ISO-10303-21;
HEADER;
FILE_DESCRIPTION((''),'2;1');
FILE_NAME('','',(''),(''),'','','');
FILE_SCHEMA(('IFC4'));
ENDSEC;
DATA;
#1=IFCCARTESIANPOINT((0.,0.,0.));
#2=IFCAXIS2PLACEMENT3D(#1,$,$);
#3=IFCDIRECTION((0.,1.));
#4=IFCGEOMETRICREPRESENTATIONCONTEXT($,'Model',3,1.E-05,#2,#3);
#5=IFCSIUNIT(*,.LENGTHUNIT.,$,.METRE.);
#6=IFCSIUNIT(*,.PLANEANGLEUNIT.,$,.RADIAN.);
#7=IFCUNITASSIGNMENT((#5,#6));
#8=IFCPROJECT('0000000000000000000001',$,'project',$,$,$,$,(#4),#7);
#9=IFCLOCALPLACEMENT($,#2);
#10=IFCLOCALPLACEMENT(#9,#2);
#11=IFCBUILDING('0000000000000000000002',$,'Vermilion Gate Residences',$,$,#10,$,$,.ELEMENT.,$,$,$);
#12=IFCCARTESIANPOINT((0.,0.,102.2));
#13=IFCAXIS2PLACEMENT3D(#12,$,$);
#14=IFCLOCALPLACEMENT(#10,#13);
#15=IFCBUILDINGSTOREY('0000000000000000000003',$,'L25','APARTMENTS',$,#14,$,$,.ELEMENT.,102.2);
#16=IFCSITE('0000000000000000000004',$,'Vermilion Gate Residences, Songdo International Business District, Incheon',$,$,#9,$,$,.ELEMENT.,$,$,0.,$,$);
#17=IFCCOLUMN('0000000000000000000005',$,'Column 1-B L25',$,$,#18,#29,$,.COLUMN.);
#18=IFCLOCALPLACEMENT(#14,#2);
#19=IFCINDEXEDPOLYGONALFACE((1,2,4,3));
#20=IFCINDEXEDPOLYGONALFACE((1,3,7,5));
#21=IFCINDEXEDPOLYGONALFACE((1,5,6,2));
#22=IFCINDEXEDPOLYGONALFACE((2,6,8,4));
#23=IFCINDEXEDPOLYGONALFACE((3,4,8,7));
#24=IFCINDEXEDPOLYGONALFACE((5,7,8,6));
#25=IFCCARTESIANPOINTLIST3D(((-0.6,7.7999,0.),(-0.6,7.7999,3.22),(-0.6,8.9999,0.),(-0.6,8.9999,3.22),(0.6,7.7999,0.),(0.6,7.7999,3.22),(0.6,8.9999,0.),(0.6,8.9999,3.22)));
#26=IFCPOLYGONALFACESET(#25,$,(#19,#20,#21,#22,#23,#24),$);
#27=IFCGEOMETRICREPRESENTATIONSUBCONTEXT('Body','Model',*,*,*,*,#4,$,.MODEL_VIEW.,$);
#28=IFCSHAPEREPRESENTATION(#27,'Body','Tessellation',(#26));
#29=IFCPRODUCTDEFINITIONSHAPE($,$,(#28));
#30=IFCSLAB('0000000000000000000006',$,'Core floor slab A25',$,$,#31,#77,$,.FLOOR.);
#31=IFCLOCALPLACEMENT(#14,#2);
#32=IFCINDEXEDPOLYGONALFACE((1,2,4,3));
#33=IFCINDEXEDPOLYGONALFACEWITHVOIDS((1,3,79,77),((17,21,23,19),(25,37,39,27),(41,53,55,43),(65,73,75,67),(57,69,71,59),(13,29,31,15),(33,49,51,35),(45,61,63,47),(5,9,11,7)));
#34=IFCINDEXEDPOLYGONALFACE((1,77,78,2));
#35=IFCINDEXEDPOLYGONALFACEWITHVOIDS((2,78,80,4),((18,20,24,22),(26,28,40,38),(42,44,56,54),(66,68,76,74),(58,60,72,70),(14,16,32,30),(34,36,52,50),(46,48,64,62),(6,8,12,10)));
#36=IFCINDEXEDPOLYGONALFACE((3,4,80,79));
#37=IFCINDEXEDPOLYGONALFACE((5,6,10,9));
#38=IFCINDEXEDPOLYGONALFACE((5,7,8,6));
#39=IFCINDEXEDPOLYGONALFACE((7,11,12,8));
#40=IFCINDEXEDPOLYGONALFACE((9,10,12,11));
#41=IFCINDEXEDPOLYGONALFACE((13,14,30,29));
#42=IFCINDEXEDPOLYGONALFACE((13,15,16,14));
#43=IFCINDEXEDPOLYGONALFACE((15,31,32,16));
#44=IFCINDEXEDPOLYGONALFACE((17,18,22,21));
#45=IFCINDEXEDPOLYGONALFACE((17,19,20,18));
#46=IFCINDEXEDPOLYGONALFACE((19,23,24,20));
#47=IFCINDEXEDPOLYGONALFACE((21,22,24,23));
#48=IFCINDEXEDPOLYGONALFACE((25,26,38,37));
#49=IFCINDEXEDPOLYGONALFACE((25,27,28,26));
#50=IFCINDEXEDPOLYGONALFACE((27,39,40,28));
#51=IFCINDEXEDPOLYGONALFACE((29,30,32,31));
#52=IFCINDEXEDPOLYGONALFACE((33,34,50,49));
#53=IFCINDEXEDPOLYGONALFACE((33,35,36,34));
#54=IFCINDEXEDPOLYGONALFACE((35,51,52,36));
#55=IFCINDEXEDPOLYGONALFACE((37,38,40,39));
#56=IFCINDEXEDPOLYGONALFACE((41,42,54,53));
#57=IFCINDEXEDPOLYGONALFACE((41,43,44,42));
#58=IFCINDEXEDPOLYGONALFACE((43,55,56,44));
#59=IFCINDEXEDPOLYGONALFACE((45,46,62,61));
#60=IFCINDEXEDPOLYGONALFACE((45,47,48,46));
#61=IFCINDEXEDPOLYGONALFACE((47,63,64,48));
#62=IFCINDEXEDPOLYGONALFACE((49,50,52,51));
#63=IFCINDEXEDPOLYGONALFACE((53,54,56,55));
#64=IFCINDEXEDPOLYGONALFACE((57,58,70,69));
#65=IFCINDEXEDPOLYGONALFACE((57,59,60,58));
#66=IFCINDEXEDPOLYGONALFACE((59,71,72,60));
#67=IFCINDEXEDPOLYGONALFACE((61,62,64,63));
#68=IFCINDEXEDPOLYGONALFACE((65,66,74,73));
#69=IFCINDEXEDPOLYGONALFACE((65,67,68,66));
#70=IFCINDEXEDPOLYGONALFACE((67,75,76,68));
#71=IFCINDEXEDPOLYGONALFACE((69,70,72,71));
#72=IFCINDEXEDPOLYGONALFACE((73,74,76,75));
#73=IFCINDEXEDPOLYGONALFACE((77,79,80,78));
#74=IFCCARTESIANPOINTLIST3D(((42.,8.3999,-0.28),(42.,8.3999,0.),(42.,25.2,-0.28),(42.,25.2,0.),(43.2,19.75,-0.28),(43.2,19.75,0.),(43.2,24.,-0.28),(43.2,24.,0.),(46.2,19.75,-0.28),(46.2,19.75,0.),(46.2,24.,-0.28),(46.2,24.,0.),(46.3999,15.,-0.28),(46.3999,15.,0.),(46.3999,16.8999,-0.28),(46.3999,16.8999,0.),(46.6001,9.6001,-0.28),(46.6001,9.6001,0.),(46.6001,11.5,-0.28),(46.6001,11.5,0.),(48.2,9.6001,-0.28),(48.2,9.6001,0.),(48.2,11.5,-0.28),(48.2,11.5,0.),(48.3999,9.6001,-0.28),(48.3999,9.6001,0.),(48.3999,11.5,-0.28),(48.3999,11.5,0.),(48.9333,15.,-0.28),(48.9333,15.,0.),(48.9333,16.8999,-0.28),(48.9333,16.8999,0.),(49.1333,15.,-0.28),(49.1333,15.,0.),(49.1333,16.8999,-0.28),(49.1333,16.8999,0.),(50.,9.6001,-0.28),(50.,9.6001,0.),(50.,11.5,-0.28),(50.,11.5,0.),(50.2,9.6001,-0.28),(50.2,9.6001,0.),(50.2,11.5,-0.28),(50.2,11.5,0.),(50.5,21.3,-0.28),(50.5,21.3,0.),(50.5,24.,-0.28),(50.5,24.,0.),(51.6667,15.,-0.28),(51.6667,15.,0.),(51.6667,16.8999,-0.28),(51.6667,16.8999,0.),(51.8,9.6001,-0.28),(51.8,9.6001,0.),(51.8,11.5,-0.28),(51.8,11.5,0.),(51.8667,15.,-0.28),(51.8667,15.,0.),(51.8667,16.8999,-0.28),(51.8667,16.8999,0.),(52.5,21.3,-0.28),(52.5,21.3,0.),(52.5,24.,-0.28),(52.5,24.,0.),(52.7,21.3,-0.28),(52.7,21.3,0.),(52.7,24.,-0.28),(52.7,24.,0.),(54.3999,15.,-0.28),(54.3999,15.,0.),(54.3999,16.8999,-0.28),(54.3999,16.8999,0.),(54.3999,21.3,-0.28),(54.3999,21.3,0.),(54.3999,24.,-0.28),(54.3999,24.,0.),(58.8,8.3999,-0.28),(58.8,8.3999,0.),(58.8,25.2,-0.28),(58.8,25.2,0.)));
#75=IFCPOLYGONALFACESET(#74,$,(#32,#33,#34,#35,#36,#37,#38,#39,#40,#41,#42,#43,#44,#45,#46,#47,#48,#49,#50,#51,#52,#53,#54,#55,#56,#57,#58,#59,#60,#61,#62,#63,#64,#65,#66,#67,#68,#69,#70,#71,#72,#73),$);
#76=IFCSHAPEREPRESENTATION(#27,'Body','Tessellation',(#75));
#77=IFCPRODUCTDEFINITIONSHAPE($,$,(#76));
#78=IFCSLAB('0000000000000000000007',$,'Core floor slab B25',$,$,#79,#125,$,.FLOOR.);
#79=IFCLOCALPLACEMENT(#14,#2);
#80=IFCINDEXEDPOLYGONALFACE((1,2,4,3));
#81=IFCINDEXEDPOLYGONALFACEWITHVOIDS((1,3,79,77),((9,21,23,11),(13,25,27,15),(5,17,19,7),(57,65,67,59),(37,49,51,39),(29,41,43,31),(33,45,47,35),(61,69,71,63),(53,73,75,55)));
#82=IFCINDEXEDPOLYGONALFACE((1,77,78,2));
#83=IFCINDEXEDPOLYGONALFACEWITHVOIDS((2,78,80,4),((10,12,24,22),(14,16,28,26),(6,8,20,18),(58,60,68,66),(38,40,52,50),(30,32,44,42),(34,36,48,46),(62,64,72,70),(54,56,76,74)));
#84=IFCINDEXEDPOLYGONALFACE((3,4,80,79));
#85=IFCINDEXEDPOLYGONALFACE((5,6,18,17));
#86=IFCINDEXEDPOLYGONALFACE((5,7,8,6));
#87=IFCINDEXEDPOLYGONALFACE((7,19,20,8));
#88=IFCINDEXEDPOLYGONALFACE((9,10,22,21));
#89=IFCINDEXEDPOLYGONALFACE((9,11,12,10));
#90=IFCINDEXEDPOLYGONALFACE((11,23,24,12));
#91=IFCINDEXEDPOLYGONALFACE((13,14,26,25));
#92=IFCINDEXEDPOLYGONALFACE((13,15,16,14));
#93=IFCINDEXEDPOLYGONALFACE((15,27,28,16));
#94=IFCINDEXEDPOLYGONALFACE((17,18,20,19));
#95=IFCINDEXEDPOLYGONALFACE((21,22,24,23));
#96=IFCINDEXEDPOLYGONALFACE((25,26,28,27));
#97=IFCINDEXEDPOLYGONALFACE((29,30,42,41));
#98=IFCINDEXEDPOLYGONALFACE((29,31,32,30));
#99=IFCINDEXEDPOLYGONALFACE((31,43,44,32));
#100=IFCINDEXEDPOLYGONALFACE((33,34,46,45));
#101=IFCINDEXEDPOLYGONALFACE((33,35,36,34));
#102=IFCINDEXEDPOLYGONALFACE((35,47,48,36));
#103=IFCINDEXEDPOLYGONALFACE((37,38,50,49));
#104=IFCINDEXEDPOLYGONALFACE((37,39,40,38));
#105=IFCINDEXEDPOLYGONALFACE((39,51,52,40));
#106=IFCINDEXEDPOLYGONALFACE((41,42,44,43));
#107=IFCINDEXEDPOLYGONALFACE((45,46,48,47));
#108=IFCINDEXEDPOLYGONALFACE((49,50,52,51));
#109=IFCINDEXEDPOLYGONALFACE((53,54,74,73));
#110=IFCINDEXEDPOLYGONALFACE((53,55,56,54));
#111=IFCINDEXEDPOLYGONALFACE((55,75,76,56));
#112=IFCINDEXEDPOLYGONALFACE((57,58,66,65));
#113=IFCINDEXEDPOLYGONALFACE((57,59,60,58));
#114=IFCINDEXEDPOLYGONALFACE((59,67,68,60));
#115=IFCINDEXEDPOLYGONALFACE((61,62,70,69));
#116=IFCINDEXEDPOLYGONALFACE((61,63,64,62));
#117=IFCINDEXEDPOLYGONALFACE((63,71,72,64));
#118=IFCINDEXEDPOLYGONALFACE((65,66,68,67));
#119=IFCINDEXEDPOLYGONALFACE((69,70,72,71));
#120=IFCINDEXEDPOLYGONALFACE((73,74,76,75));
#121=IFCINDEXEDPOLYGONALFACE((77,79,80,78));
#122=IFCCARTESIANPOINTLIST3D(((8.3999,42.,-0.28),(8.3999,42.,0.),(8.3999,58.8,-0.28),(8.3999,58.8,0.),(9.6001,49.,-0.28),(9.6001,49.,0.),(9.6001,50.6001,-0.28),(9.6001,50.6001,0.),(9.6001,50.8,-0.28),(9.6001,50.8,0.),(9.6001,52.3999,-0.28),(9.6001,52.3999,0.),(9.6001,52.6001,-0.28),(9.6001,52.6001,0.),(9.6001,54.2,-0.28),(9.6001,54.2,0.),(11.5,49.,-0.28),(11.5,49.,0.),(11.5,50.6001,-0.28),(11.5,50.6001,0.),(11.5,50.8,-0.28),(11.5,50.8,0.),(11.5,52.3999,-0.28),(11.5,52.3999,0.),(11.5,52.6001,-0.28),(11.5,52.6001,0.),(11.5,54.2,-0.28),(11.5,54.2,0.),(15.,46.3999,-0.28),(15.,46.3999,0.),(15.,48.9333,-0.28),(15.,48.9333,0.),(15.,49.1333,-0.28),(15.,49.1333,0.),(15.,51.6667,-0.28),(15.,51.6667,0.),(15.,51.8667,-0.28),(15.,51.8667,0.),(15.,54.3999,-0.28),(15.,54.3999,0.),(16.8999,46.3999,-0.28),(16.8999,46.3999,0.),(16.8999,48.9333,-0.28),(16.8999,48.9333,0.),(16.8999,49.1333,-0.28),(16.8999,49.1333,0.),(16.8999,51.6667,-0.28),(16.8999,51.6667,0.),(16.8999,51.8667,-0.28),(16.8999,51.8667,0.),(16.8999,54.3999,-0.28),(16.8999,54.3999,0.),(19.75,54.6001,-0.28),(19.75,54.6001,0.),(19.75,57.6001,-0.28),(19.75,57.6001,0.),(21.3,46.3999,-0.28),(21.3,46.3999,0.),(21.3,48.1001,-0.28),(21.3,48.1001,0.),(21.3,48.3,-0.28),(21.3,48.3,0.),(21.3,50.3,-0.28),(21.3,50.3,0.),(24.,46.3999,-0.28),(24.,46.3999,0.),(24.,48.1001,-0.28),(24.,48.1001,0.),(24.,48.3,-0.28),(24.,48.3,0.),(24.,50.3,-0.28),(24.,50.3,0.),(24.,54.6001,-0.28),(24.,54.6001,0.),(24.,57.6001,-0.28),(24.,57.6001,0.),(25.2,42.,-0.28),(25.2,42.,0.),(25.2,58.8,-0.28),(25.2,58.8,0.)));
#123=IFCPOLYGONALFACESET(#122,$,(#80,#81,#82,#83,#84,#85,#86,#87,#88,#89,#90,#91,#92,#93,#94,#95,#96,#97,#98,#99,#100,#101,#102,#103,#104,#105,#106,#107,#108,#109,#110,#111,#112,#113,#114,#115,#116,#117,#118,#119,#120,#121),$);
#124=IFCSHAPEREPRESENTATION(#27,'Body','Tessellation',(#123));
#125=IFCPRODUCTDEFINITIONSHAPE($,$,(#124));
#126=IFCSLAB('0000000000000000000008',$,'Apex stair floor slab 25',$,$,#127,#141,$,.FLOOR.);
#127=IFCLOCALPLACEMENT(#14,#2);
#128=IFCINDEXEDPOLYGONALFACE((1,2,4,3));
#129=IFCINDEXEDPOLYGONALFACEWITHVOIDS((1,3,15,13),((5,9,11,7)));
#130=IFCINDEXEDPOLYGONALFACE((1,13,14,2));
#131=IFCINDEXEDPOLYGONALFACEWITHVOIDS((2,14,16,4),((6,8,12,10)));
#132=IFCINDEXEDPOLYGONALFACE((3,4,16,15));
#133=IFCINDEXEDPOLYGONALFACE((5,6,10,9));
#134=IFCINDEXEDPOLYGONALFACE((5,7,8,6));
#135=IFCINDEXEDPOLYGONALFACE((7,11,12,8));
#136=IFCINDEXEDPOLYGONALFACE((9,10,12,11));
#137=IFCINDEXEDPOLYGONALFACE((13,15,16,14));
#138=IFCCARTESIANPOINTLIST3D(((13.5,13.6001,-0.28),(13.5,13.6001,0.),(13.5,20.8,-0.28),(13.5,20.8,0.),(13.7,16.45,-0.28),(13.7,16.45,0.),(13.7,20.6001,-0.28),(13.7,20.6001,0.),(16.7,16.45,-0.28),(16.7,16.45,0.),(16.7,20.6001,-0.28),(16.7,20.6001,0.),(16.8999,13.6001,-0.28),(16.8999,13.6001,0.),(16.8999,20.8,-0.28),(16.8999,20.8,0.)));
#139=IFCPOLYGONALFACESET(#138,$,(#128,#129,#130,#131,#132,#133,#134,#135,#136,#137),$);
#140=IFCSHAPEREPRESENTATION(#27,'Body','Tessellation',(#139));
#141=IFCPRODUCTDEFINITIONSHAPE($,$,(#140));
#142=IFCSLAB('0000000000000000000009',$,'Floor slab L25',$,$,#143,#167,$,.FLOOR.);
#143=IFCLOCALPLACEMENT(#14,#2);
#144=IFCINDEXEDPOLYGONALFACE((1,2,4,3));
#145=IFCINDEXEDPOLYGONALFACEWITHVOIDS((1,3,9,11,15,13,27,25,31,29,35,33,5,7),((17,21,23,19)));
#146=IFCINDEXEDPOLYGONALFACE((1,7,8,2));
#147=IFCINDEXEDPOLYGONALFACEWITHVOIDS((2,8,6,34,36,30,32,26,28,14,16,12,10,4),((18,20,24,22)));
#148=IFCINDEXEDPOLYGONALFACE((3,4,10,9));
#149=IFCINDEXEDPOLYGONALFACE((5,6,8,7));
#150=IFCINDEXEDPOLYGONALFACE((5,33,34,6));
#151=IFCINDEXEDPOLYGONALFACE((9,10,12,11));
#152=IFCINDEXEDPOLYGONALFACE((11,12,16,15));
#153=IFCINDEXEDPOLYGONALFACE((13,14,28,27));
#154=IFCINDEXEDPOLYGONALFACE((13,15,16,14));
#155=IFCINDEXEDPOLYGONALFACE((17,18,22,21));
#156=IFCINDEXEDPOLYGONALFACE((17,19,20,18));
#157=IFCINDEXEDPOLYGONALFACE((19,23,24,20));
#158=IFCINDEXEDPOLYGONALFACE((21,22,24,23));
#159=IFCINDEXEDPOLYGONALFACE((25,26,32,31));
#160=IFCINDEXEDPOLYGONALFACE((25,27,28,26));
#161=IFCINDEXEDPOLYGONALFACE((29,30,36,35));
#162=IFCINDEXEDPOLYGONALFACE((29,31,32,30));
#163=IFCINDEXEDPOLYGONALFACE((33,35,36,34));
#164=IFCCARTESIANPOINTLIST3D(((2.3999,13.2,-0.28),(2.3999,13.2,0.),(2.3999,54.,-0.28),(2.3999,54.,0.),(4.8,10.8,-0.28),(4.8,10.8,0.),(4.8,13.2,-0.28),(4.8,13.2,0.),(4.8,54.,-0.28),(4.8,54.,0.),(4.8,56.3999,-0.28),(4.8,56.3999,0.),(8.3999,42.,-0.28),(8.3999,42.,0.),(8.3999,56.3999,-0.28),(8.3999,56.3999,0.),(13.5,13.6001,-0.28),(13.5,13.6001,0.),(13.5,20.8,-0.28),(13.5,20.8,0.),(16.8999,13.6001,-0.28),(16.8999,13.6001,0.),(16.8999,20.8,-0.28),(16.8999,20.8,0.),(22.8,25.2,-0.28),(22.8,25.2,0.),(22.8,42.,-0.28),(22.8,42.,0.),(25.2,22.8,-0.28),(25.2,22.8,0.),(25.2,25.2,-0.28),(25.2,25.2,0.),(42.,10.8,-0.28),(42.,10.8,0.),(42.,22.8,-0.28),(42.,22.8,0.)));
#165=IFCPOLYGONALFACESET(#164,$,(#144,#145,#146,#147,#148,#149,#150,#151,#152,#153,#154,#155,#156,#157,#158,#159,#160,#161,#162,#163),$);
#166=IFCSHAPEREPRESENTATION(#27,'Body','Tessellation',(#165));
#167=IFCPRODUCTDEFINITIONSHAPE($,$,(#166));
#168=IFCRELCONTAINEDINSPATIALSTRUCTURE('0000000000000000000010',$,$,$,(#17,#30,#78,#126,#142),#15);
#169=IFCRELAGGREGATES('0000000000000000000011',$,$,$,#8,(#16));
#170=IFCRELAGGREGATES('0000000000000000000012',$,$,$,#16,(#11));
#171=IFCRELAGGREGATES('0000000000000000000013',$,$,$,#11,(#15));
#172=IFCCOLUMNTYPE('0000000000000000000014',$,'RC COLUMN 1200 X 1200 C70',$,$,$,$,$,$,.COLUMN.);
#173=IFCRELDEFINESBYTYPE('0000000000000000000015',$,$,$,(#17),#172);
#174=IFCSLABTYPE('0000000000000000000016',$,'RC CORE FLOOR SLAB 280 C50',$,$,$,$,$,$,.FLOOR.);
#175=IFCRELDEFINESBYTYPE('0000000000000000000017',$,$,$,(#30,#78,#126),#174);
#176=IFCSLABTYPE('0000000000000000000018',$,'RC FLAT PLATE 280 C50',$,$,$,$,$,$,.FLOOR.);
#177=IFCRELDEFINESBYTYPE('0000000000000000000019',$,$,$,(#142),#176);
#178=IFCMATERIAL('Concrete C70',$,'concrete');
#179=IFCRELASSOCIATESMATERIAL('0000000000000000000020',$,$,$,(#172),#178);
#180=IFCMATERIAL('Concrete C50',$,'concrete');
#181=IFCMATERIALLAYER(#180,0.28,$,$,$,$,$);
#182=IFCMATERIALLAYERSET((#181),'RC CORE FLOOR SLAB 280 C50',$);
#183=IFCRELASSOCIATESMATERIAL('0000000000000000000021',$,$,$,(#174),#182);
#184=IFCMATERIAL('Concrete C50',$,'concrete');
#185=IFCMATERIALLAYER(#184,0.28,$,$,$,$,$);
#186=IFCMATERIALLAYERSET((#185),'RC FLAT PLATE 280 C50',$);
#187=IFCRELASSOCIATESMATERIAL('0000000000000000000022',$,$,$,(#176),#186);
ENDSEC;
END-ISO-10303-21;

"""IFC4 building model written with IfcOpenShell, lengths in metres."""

from ifc_helpers import new_model, si_unit, direction, frame, origin, origin_2d, place, context, subcontext, project, spatial, polyline, rectangle, outline, extrude, material, layer, layer_set, material_profile, profile_set, type_object, element, save


model = new_model("IFC4")

# Units and contexts
model_context = context("Model", 3, precision=1e-05, world=origin(), true_north=direction((0.0, 1.0)))
body_context = subcontext(model_context, "Body", "Model", "MODEL_VIEW")
ifc_project = project(units=[si_unit("LENGTHUNIT", "METRE"), si_unit("PLANEANGLEUNIT", "RADIAN")], contexts=[model_context])

# Site, building, storey
site_placement = place(None, origin())
site = spatial("IfcSite", under=ifc_project, at=site_placement, Name="Vermilion Gate Residences, Songdo International Business District, Incheon", CompositionType="ELEMENT", RefElevation=0.0)
building_placement = place(site_placement, origin())
building = spatial("IfcBuilding", under=site, at=building_placement, Name="Vermilion Gate Residences", CompositionType="ELEMENT")
storey_placement = place(building_placement, frame((0.0, 0.0, 102.2)))
storey = spatial("IfcBuildingStorey", under=building, at=storey_placement, Name="L25", Description="APARTMENTS", CompositionType="ELEMENT", Elevation=102.2)

# Column
ifc_material_1 = material(Name="Concrete C70", Category="concrete")
ifc_material_profile_1 = material_profile(ifc_material_1, rectangle(XDim=1.2, YDim=1.2, at=origin_2d()), Name="RC-1200x1200")
ifc_profile_set_1 = profile_set([ifc_material_profile_1], Name="Concrete C70")
column_type = type_object("IfcColumnType", Name="RC COLUMN 1200 X 1200 C70", PredefinedType="COLUMN", material=ifc_profile_set_1)
column_placement = place(storey_placement, frame((0.0, 8.3999, 0.0), z_axis=(0.0, 0.0, 1.0), x_axis=(1.0, 0.0, 0.0)))
element("IfcColumn", 1, at=column_placement, inside=storey, type_object=column_type, Name="Column 1-B L25", PredefinedType="COLUMN", context=body_context, shape_type="SweptSolid", body=[
    extrude(rectangle(XDim=1.2, YDim=1.2, at=origin_2d()), origin(), (0.0, 0.0, 1.0), 3.22),
])

# Slabs
ifc_material_2 = material(Name="Concrete C50", Category="concrete")
ifc_layer_1 = layer(ifc_material_2, 0.28)
ifc_layer_set_1 = layer_set([ifc_layer_1], Name="RC CORE FLOOR SLAB 280 C50")
slab_type_1 = type_object("IfcSlabType", Name="RC CORE FLOOR SLAB 280 C50", PredefinedType="FLOOR", material=ifc_layer_set_1)
slab_1_placement = place(storey_placement, frame((0.0, 0.0, -0.28)))
element("IfcSlab", 2, at=slab_1_placement, inside=storey, type_object=slab_type_1, Name="Core floor slab A25", PredefinedType="FLOOR", context=body_context, shape_type="SweptSolid", body=[
    extrude(outline(polyline([(42.0, 8.3999), (58.8, 8.3999), (58.8, 25.2), (42.0, 25.2), (42.0, 8.3999)]), holes=[polyline([(46.6001, 11.5), (48.2, 11.5), (48.2, 9.6001), (46.6001, 9.6001), (46.6001, 11.5)]), polyline([(48.3999, 11.5), (50.0, 11.5), (50.0, 9.6001), (48.3999, 9.6001), (48.3999, 11.5)]), polyline([(50.2, 11.5), (51.8, 11.5), (51.8, 9.6001), (50.2, 9.6001), (50.2, 11.5)]), polyline([(46.3999, 16.8999), (48.9333, 16.8999), (48.9333, 15.0), (46.3999, 15.0), (46.3999, 16.8999)]), polyline([(49.1333, 16.8999), (51.6667, 16.8999), (51.6667, 15.0), (49.1333, 15.0), (49.1333, 16.8999)]), polyline([(51.8667, 16.8999), (54.3999, 16.8999), (54.3999, 15.0), (51.8667, 15.0), (51.8667, 16.8999)]), polyline([(43.2, 24.0), (46.2, 24.0), (46.2, 19.75), (43.2, 19.75), (43.2, 24.0)]), polyline([(52.5, 24.0), (52.5, 21.3), (50.5, 21.3), (50.5, 24.0), (52.5, 24.0)]), polyline([(54.3999, 24.0), (54.3999, 21.3), (52.7, 21.3), (52.7, 24.0), (54.3999, 24.0)])]), origin(), (0.0, 0.0, 1.0), 0.28),
])
slab_2_placement = place(storey_placement, frame((0.0, 0.0, -0.28)))
element("IfcSlab", 3, at=slab_2_placement, inside=storey, type_object=slab_type_1, Name="Core floor slab B25", PredefinedType="FLOOR", context=body_context, shape_type="SweptSolid", body=[
    extrude(outline(polyline([(8.3999, 42.0), (25.2, 42.0), (25.2, 58.8), (8.3999, 58.8), (8.3999, 42.0)]), holes=[polyline([(21.3, 48.1001), (24.0, 48.1001), (24.0, 46.3999), (21.3, 46.3999), (21.3, 48.1001)]), polyline([(15.0, 48.9333), (16.8999, 48.9333), (16.8999, 46.3999), (15.0, 46.3999), (15.0, 48.9333)]), polyline([(21.3, 50.3), (24.0, 50.3), (24.0, 48.3), (21.3, 48.3), (21.3, 50.3)]), polyline([(9.6001, 50.6001), (11.5, 50.6001), (11.5, 49.0), (9.6001, 49.0), (9.6001, 50.6001)]), polyline([(15.0, 51.6667), (16.8999, 51.6667), (16.8999, 49.1333), (15.0, 49.1333), (15.0, 51.6667)]), polyline([(9.6001, 52.3999), (11.5, 52.3999), (11.5, 50.8), (9.6001, 50.8), (9.6001, 52.3999)]), polyline([(15.0, 54.3999), (16.8999, 54.3999), (16.8999, 51.8667), (15.0, 51.8667), (15.0, 54.3999)]), polyline([(11.5, 54.2), (11.5, 52.6001), (9.6001, 52.6001), (9.6001, 54.2), (11.5, 54.2)]), polyline([(24.0, 57.6001), (24.0, 54.6001), (19.75, 54.6001), (19.75, 57.6001), (24.0, 57.6001)])]), origin(), (0.0, 0.0, 1.0), 0.28),
])
slab_3_placement = place(storey_placement, frame((0.0, 0.0, -0.28)))
element("IfcSlab", 4, at=slab_3_placement, inside=storey, type_object=slab_type_1, Name="Apex stair floor slab 25", PredefinedType="FLOOR", context=body_context, shape_type="SweptSolid", body=[
    extrude(outline(polyline([(13.5, 13.6001), (16.8999, 13.6001), (16.8999, 20.8), (13.5, 20.8), (13.5, 13.6001)]), holes=[polyline([(16.7, 20.6001), (16.7, 16.45), (13.7, 16.45), (13.7, 20.6001), (16.7, 20.6001)])]), origin(), (0.0, 0.0, 1.0), 0.28),
])
ifc_material_3 = material(Name="Concrete C50", Category="concrete")
ifc_layer_2 = layer(ifc_material_3, 0.28)
ifc_layer_set_2 = layer_set([ifc_layer_2], Name="RC FLAT PLATE 280 C50")
slab_type_2 = type_object("IfcSlabType", Name="RC FLAT PLATE 280 C50", PredefinedType="FLOOR", material=ifc_layer_set_2)
slab_4_placement = place(storey_placement, frame((0.0, 0.0, -0.28)))
element("IfcSlab", 5, at=slab_4_placement, inside=storey, type_object=slab_type_2, Name="Floor slab L25", PredefinedType="FLOOR", context=body_context, shape_type="SweptSolid", body=[
    extrude(outline(polyline([(22.8, 25.2), (22.8, 42.0), (8.3999, 42.0), (8.3999, 56.3999), (4.8, 56.3999), (4.8, 54.0), (2.3999, 54.0), (2.3999, 13.2), (4.8, 13.2), (4.8, 10.8), (42.0, 10.8), (42.0, 22.8), (25.2, 22.8), (25.2, 25.2), (22.8, 25.2)]), holes=[polyline([(13.5, 13.6001), (13.5, 20.8), (16.8999, 20.8), (16.8999, 13.6001), (13.5, 13.6001)])]), origin(), (0.0, 0.0, 1.0), 0.28),
])

save(model, "model.ifc")
